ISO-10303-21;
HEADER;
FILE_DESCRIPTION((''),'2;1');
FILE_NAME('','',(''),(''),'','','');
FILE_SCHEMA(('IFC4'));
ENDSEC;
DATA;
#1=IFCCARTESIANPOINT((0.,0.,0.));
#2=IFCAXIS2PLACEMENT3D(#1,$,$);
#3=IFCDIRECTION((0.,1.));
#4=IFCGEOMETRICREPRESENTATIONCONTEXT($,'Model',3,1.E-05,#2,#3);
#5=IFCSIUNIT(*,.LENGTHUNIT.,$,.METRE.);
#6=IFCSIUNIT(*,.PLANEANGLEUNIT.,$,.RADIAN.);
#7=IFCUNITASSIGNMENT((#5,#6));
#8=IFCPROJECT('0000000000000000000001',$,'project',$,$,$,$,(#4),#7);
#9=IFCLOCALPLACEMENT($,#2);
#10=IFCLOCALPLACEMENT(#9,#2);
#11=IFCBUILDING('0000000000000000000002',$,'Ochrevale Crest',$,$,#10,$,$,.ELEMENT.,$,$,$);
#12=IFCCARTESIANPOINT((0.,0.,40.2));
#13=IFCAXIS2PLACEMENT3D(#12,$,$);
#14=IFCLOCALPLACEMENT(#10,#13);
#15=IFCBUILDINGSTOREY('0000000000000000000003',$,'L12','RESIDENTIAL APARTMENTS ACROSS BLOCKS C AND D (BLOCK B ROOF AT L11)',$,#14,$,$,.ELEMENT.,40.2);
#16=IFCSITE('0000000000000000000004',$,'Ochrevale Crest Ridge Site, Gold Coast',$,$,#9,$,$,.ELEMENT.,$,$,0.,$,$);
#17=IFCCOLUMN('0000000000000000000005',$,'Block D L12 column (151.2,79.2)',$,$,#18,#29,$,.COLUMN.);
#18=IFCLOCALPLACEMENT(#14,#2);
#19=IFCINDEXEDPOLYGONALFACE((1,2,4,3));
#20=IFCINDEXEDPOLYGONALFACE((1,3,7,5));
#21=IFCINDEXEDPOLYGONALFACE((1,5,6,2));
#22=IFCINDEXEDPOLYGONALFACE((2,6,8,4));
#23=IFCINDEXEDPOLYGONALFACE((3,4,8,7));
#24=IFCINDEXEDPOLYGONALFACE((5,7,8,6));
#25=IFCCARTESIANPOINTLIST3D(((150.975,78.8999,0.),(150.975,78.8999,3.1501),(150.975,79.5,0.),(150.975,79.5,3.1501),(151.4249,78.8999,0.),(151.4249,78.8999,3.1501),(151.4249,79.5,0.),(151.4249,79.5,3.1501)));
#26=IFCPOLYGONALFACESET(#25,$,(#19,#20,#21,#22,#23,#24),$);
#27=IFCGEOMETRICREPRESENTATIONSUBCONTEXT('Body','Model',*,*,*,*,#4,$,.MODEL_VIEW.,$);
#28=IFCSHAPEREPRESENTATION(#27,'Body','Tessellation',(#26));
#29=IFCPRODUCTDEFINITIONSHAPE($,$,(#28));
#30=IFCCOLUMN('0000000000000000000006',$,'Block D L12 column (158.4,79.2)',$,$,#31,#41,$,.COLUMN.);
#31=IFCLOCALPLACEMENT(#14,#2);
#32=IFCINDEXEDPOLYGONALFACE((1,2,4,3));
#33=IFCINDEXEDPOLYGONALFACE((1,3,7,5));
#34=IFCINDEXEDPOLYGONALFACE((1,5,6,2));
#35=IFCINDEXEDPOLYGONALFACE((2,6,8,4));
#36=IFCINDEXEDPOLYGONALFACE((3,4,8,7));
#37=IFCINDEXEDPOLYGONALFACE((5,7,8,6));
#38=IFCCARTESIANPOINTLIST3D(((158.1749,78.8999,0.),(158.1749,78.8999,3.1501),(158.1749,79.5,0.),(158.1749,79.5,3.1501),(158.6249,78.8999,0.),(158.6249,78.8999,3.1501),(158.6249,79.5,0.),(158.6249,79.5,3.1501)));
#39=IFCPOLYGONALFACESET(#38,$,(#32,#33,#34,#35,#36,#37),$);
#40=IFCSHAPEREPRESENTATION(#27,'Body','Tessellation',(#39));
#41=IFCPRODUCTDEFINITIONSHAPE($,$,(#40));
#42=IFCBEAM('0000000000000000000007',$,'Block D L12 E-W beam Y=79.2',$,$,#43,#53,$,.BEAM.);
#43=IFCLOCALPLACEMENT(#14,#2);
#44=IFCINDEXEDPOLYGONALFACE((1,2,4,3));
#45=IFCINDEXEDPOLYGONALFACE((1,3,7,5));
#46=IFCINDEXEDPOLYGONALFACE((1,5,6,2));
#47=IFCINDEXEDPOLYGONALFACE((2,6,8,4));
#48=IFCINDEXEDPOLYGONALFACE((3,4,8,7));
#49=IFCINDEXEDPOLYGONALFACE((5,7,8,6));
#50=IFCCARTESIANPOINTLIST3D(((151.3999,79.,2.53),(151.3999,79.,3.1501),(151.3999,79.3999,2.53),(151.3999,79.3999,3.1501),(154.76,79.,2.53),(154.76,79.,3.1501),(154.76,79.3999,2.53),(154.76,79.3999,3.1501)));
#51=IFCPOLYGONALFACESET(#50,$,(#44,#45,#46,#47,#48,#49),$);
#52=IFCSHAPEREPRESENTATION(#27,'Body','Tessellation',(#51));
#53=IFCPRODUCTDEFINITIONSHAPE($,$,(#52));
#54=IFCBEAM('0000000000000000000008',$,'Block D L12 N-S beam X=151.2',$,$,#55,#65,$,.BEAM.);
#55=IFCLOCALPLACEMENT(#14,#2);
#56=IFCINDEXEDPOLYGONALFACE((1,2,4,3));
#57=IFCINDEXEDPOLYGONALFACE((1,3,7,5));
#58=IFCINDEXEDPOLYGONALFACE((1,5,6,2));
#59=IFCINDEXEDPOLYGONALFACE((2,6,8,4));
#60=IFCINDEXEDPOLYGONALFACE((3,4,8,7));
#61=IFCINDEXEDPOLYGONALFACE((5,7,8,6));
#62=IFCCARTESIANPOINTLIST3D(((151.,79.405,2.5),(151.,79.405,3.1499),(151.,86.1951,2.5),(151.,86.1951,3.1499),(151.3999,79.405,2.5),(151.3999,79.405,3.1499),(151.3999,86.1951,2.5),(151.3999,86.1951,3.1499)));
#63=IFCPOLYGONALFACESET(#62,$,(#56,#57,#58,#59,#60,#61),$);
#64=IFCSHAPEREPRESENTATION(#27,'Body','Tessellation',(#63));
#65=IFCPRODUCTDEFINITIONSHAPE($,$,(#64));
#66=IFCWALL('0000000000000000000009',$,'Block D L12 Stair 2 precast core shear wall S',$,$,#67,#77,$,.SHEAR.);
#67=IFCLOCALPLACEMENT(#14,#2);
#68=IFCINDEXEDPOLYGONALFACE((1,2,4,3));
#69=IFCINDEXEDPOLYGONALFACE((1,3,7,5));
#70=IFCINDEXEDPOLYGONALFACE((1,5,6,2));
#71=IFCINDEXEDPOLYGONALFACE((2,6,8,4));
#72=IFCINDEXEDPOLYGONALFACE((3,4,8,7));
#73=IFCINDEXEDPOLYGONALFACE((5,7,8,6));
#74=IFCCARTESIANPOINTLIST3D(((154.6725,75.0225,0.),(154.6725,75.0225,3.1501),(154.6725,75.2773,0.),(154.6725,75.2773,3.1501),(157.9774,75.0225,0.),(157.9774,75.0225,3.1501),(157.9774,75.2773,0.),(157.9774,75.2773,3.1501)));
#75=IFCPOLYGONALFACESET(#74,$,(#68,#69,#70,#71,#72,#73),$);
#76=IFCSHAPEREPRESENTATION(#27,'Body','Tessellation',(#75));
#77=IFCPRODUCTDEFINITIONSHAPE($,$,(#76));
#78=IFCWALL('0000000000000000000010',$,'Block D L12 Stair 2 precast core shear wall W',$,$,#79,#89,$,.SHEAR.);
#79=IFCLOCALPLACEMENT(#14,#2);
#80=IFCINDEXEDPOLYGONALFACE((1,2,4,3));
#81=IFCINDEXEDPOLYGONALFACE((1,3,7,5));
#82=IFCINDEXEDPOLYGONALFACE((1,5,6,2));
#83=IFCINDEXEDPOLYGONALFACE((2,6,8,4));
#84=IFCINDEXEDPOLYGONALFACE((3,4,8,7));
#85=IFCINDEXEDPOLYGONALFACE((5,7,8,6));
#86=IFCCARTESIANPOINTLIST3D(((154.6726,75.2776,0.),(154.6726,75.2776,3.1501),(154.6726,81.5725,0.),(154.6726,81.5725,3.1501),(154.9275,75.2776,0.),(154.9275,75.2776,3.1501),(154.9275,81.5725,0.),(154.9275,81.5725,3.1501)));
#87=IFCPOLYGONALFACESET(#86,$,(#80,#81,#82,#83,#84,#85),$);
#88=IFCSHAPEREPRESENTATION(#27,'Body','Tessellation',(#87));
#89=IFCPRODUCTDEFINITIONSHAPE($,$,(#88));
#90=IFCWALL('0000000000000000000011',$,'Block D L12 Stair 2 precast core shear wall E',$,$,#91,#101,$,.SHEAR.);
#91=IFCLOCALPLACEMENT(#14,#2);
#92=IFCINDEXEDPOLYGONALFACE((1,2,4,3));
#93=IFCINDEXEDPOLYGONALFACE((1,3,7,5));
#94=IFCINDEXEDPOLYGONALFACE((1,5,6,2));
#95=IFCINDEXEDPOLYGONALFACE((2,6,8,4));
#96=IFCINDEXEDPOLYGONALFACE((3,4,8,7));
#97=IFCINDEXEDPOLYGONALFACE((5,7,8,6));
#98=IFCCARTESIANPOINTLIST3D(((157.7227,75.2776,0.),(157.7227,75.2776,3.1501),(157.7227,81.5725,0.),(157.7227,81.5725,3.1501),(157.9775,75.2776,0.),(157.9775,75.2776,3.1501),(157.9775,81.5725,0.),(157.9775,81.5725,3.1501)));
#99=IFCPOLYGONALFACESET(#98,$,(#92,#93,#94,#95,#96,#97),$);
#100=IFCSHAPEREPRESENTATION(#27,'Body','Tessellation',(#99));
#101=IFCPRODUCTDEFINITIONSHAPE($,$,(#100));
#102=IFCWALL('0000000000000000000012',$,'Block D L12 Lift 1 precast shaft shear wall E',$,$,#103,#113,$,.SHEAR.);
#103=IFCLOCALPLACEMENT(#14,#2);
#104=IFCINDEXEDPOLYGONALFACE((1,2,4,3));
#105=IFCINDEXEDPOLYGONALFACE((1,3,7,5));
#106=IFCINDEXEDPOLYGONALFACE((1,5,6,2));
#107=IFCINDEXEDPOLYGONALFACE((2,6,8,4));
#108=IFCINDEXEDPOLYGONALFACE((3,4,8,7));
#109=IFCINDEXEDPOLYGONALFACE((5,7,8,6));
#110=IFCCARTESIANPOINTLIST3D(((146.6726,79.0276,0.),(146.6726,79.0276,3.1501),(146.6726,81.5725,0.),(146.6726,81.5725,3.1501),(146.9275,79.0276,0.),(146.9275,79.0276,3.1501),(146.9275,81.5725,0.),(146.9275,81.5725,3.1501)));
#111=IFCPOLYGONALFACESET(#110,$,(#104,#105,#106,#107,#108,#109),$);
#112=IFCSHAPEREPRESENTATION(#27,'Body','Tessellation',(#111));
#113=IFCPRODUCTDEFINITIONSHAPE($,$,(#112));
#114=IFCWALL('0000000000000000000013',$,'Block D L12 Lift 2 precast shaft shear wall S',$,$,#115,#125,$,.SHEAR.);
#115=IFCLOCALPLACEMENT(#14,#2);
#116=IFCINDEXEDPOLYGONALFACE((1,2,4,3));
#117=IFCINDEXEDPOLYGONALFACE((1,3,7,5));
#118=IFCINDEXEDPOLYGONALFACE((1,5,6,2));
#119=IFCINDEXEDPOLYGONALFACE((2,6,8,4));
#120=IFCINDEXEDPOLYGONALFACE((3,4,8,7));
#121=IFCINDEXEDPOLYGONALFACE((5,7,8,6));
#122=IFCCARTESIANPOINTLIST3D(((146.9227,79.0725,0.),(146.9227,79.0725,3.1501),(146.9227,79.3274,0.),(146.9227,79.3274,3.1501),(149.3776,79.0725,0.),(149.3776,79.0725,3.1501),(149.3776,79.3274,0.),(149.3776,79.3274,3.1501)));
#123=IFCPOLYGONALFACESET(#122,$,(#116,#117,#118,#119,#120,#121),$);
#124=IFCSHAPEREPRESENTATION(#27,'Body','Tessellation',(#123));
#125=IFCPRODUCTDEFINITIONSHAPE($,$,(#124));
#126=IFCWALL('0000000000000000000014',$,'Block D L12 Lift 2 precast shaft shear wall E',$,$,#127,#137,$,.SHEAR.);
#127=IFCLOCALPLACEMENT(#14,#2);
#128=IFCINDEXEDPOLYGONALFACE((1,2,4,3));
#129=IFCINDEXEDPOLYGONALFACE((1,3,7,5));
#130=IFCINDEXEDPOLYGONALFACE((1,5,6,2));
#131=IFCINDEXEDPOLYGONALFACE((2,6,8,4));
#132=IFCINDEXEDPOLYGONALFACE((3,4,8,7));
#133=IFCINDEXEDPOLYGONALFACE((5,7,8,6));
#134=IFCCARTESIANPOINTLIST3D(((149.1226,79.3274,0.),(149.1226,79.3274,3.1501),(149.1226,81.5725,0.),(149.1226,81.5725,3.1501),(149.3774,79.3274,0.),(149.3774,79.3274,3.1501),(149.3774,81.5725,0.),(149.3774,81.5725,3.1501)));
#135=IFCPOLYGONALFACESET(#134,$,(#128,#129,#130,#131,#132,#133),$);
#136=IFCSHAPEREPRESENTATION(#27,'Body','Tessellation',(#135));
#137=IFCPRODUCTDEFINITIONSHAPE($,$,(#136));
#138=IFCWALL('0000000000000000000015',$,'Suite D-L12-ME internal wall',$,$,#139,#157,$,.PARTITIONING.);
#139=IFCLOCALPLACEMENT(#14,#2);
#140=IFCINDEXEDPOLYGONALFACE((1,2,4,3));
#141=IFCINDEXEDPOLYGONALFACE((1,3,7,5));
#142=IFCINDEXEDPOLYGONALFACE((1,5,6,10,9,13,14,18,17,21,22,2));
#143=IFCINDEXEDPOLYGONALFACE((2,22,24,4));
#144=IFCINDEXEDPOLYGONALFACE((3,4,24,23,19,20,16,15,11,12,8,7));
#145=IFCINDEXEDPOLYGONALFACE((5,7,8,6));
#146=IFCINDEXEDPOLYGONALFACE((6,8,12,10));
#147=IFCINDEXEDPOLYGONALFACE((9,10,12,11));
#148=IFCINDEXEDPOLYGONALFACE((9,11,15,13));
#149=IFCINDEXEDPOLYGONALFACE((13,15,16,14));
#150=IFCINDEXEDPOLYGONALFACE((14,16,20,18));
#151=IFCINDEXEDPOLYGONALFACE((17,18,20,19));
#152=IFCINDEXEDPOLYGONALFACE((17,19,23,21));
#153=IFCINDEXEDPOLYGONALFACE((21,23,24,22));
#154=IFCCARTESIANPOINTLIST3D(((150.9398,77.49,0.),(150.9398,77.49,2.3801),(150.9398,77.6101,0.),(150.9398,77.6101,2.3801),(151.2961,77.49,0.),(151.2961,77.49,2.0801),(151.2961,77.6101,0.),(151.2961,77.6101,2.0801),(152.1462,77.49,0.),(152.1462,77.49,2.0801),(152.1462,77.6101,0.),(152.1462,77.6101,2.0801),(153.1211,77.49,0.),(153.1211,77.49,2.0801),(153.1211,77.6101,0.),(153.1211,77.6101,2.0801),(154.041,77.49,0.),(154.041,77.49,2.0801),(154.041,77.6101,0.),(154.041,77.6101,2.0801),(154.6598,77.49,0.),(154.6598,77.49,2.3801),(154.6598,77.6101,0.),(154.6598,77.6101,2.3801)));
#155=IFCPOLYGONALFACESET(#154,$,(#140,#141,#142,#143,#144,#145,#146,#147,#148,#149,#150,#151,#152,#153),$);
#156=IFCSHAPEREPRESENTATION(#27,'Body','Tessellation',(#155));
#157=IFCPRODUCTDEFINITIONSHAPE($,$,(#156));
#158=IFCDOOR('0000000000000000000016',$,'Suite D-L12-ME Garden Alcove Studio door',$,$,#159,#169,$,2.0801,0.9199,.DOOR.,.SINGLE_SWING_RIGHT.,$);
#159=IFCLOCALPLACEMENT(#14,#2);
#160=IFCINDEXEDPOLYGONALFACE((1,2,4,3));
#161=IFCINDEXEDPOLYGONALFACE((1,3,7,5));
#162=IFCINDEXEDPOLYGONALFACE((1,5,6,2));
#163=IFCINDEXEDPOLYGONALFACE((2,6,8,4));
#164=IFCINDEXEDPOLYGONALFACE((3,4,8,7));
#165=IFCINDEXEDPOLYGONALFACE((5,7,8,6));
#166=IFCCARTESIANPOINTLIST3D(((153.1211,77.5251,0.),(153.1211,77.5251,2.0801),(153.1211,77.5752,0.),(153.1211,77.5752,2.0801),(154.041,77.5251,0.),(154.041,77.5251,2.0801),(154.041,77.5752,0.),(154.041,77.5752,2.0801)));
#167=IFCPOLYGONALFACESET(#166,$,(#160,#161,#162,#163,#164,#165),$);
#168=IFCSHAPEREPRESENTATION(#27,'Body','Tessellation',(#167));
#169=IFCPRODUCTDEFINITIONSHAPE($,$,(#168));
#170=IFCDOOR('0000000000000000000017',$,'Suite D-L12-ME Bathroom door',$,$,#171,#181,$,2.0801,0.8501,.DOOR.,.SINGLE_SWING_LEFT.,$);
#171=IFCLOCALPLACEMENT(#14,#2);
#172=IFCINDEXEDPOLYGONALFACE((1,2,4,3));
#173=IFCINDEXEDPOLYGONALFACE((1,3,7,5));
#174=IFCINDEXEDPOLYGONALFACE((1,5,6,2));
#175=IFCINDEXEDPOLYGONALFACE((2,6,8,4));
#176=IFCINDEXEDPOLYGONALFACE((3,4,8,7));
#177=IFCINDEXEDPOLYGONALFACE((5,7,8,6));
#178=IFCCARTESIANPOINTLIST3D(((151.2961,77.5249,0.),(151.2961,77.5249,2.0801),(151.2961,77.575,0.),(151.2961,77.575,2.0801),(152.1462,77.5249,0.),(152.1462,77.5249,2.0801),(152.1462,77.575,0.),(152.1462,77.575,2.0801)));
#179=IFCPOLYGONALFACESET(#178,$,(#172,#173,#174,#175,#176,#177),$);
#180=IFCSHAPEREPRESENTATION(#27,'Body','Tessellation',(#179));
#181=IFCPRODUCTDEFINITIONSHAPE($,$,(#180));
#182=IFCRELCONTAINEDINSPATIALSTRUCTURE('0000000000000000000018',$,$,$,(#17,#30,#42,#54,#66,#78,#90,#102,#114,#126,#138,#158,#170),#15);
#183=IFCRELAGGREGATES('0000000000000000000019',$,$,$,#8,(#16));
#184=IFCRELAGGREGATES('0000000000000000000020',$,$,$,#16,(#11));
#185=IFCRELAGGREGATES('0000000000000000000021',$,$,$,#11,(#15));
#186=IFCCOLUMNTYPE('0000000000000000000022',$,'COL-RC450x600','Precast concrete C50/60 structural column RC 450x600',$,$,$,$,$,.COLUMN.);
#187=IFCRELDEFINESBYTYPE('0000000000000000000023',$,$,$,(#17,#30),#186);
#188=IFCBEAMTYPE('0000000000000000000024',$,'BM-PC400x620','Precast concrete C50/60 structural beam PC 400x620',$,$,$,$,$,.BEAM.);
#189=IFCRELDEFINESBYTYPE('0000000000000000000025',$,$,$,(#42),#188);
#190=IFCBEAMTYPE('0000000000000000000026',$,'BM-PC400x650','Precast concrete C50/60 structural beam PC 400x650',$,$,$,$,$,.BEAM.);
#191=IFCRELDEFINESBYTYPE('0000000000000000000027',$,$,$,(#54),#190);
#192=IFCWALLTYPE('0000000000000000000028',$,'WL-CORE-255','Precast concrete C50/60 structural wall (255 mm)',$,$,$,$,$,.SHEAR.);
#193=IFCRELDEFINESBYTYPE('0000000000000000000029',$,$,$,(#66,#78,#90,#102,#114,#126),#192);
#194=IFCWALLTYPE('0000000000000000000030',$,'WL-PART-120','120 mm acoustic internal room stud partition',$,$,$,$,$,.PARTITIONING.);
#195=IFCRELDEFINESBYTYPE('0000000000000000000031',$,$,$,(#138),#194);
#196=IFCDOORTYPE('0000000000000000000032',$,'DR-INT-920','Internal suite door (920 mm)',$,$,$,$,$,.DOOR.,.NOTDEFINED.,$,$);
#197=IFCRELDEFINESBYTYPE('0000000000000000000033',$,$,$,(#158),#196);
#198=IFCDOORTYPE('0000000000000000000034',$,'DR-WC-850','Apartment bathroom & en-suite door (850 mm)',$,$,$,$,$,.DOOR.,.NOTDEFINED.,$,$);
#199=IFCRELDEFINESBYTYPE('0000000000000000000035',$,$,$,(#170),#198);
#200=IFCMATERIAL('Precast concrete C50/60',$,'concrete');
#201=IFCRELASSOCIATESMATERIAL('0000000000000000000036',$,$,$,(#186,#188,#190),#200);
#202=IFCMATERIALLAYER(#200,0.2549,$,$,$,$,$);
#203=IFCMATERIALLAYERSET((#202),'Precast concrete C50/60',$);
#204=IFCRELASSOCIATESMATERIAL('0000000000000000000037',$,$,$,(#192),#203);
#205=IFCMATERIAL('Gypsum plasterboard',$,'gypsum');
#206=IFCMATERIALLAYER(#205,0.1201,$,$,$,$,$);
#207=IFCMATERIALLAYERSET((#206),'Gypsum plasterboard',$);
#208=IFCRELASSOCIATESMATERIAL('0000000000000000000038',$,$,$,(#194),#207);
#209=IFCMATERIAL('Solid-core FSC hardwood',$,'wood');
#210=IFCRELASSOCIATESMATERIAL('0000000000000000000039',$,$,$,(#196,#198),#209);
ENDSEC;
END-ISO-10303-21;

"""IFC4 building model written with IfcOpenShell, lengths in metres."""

from ifc_helpers import new_model, si_unit, direction, frame, frame_2d, origin, origin_2d, place, context, subcontext, project, spatial, rectangle, extrude, material, layer, layer_set, material_profile, profile_set, type_object, element, fill, save


model = new_model("IFC4")

# Units and contexts
model_context = context("Model", 3, precision=1e-05, world=origin(), true_north=direction((0.0, 1.0)))
body_context = subcontext(model_context, "Body", "Model", "MODEL_VIEW")
ifc_project = project(units=[si_unit("LENGTHUNIT", "METRE"), si_unit("PLANEANGLEUNIT", "RADIAN")], contexts=[model_context])

# Site, building, storey
site_placement = place(None, origin())
site = spatial("IfcSite", under=ifc_project, at=site_placement, Name="Ochrevale Crest Ridge Site, Gold Coast", CompositionType="ELEMENT", RefElevation=0.0)
building_placement = place(site_placement, origin())
building = spatial("IfcBuilding", under=site, at=building_placement, Name="Ochrevale Crest", CompositionType="ELEMENT")
storey_placement = place(building_placement, frame((0.0, 0.0, 40.2)))
storey = spatial("IfcBuildingStorey", under=building, at=storey_placement, Name="L12", Description="RESIDENTIAL APARTMENTS ACROSS BLOCKS C AND D (BLOCK B ROOF AT L11)", CompositionType="ELEMENT", Elevation=40.2)

# Columns
ifc_material_1 = material(Name="Precast concrete C50/60", Category="concrete")
ifc_material_profile_1 = material_profile(ifc_material_1, rectangle(XDim=0.45, YDim=0.6001, at=origin_2d()), Name="RC 450x600")
ifc_profile_set_1 = profile_set([ifc_material_profile_1], Name="Precast concrete C50/60")
column_type = type_object("IfcColumnType", Name="COL-RC450x600", Description="Precast concrete C50/60 structural column RC 450x600", PredefinedType="COLUMN", material=ifc_profile_set_1)
for number, where, z_axis, x_axis, name in (
    (1, (151.2, 79.2, 0.0), (0.0, 0.0, 1.0), (1.0, 0.0, 0.0), "Block D L12 column (151.2,79.2)"),
    (2, (158.3999, 79.2, 0.0), (0.0, 0.0, 1.0), (1.0, 0.0, 0.0), "Block D L12 column (158.4,79.2)"),
):
    element("IfcColumn", number, at=place(storey_placement, frame(where, z_axis=z_axis, x_axis=x_axis)), inside=storey, type_object=column_type, Name=name, PredefinedType="COLUMN", context=body_context, shape_type="SweptSolid", body=[
        extrude(rectangle(XDim=0.45, YDim=0.6001, at=origin_2d()), origin(), (0.0, 0.0, 1.0), 3.1501),
    ])

# Beams
ifc_material_profile_2 = material_profile(ifc_material_1, rectangle(XDim=0.3999, YDim=0.6201, at=origin_2d()), Name="PC 400x620")
ifc_profile_set_2 = profile_set([ifc_material_profile_2], Name="Precast concrete C50/60")
beam_type_1 = type_object("IfcBeamType", Name="BM-PC400x620", Description="Precast concrete C50/60 structural beam PC 400x620", PredefinedType="BEAM", material=ifc_profile_set_2)
beam_1_placement = place(storey_placement, frame((151.3999, 79.2, 2.8401), z_axis=(1.0, 0.0, 0.0), x_axis=(0.0, 1.0, 0.0)))
element("IfcBeam", 3, at=beam_1_placement, inside=storey, type_object=beam_type_1, Name="Block D L12 E-W beam Y=79.2", PredefinedType="BEAM", context=body_context, shape_type="SweptSolid", body=[
    extrude(rectangle(XDim=0.3999, YDim=0.6201, at=origin_2d()), origin(), (0.0, 0.0, 1.0), 3.3601),
])
ifc_material_profile_3 = material_profile(ifc_material_1, rectangle(XDim=0.3999, YDim=0.6499, at=origin_2d()), Name="PC 400x650")
ifc_profile_set_3 = profile_set([ifc_material_profile_3], Name="Precast concrete C50/60")
beam_type_2 = type_object("IfcBeamType", Name="BM-PC400x650", Description="Precast concrete C50/60 structural beam PC 400x650", PredefinedType="BEAM", material=ifc_profile_set_3)
beam_2_placement = place(storey_placement, frame((151.2, 79.405, 2.825), z_axis=(0.0, 1.0, 0.0), x_axis=(-1.0, 0.0, 0.0)))
element("IfcBeam", 4, at=beam_2_placement, inside=storey, type_object=beam_type_2, Name="Block D L12 N-S beam X=151.2", PredefinedType="BEAM", context=body_context, shape_type="SweptSolid", body=[
    extrude(rectangle(XDim=0.3999, YDim=0.6499, at=origin_2d()), origin(), (0.0, 0.0, 1.0), 6.79),
])

# Walls
ifc_layer_1 = layer(ifc_material_1, 0.2549)
ifc_layer_set_1 = layer_set([ifc_layer_1], Name="Precast concrete C50/60")
wall_type_1 = type_object("IfcWallType", Name="WL-CORE-255", Description="Precast concrete C50/60 structural wall (255 mm)", PredefinedType="SHEAR", material=ifc_layer_set_1)
wall_1_placement = place(storey_placement, frame((154.6726, 75.1499, 0.0), z_axis=(0.0, 0.0, 1.0), x_axis=(1.0, 0.0, 0.0)))
element("IfcWall", 5, at=wall_1_placement, inside=storey, type_object=wall_type_1, Name="Block D L12 Stair 2 precast core shear wall S", PredefinedType="SHEAR", context=body_context, shape_type="SweptSolid", body=[
    extrude(rectangle(XDim=3.3049, YDim=0.2549, at=frame_2d((1.6523, 0.0))), origin(), (0.0, 0.0, 1.0), 3.1501),
])
for number, where, z_axis, x_axis, name in (
    (6, (154.8, 75.2776, 0.0), (0.0, 0.0, 1.0), (0.0, 1.0, 0.0), "Block D L12 Stair 2 precast core shear wall W"),
    (7, (157.8501, 75.2776, 0.0), (0.0, 0.0, 1.0), (0.0, 1.0, 0.0), "Block D L12 Stair 2 precast core shear wall E"),
):
    element("IfcWall", number, at=place(storey_placement, frame(where, z_axis=z_axis, x_axis=x_axis)), inside=storey, type_object=wall_type_1, Name=name, PredefinedType="SHEAR", context=body_context, shape_type="SweptSolid", body=[
        extrude(rectangle(XDim=6.2949, YDim=0.2549, at=frame_2d((3.1475, 0.0))), origin(), (0.0, 0.0, 1.0), 3.1501),
    ])
wall_2_placement = place(storey_placement, frame((146.8, 79.0276, 0.0), z_axis=(0.0, 0.0, 1.0), x_axis=(0.0, 1.0, 0.0)))
element("IfcWall", 8, at=wall_2_placement, inside=storey, type_object=wall_type_1, Name="Block D L12 Lift 1 precast shaft shear wall E", PredefinedType="SHEAR", context=body_context, shape_type="SweptSolid", body=[
    extrude(rectangle(XDim=2.5449, YDim=0.2549, at=frame_2d((1.2725, 0.0))), origin(), (0.0, 0.0, 1.0), 3.1501),
])
wall_3_placement = place(storey_placement, frame((146.9226, 79.2, 0.0), z_axis=(0.0, 0.0, 1.0), x_axis=(1.0, 0.0, 0.0)))
element("IfcWall", 9, at=wall_3_placement, inside=storey, type_object=wall_type_1, Name="Block D L12 Lift 2 precast shaft shear wall S", PredefinedType="SHEAR", context=body_context, shape_type="SweptSolid", body=[
    extrude(rectangle(XDim=2.4548, YDim=0.2549, at=frame_2d((1.2275, 0.0))), origin(), (0.0, 0.0, 1.0), 3.1501),
])
wall_4_placement = place(storey_placement, frame((149.25, 79.3274, 0.0), z_axis=(0.0, 0.0, 1.0), x_axis=(0.0, 1.0, 0.0)))
element("IfcWall", 10, at=wall_4_placement, inside=storey, type_object=wall_type_1, Name="Block D L12 Lift 2 precast shaft shear wall E", PredefinedType="SHEAR", context=body_context, shape_type="SweptSolid", body=[
    extrude(rectangle(XDim=2.2451, YDim=0.2549, at=frame_2d((1.1226, 0.0))), origin(), (0.0, 0.0, 1.0), 3.1501),
])

# Wall, openings, doors
ifc_material_2 = material(Name="Gypsum plasterboard", Category="gypsum")
ifc_layer_2 = layer(ifc_material_2, 0.1201)
ifc_layer_set_2 = layer_set([ifc_layer_2], Name="Gypsum plasterboard")
wall_type_2 = type_object("IfcWallType", Name="WL-PART-120", Description="120 mm acoustic internal room stud partition", PredefinedType="PARTITIONING", material=ifc_layer_set_2)
wall_5_placement = place(storey_placement, frame((150.9399, 77.55, 0.0), z_axis=(0.0, 0.0, 1.0), x_axis=(1.0, 0.0, 0.0)))
wall_5 = element("IfcWall", 11, at=wall_5_placement, inside=storey, type_object=wall_type_2, Name="Suite D-L12-ME internal wall", PredefinedType="PARTITIONING", context=body_context, shape_type="SweptSolid", body=[
    extrude(rectangle(XDim=3.72, YDim=0.1201, at=frame_2d((1.8599, 0.0))), origin(), (0.0, 0.0, 1.0), 2.3801),
])
opening_1_placement = place(wall_5_placement, frame((0.3562, 0.0, 0.0)))
opening_1 = element("IfcOpeningElement", 12, at=opening_1_placement, cuts=wall_5, PredefinedType="OPENING", context=body_context, shape_type="SweptSolid", body=[
    extrude(rectangle(XDim=0.8501, YDim=2.0801, at=frame_2d((0.425, 1.04))), frame((0.0, 0.0701, 0.0), z_axis=(0.0, -1.0, 0.0), x_axis=(1.0, 0.0, 0.0)), (0.0, 0.0, 1.0), 0.1401),
])
opening_2_placement = place(wall_5_placement, frame((3.1011, 0.0, 0.0), z_axis=(0.0, 0.0, 1.0), x_axis=(-1.0, 0.0, 0.0)))
opening_2 = element("IfcOpeningElement", 13, at=opening_2_placement, cuts=wall_5, PredefinedType="OPENING", context=body_context, shape_type="SweptSolid", body=[
    extrude(rectangle(XDim=0.9199, YDim=2.0801, at=frame_2d((0.46, 1.04))), frame((0.0, 0.0701, 0.0), z_axis=(0.0, -1.0, 0.0), x_axis=(1.0, 0.0, 0.0)), (0.0, 0.0, 1.0), 0.1401),
])
ifc_material_3 = material(Name="Solid-core FSC hardwood", Category="wood")
door_type_1 = type_object("IfcDoorType", Name="DR-INT-920", Description="Internal suite door (920 mm)", OperationType="NOTDEFINED", PredefinedType="DOOR", material=ifc_material_3)
door_1_placement = place(opening_2_placement, origin())
door_1 = element("IfcDoor", 14, at=door_1_placement, inside=storey, type_object=door_type_1, Name="Suite D-L12-ME Garden Alcove Studio door", OperationType="SINGLE_SWING_RIGHT", OverallHeight=2.0801, OverallWidth=0.9199, PredefinedType="DOOR", context=body_context, shape_type="SweptSolid", body=[
    extrude(rectangle(XDim=0.9199, YDim=2.0801, at=frame_2d((0.46, 1.04))), frame((0.0, 0.0249, 0.0), z_axis=(0.0, -1.0, 0.0), x_axis=(1.0, 0.0, 0.0)), (0.0, 0.0, 1.0), 0.05),
])
fill(opening_2, door_1)
door_type_2 = type_object("IfcDoorType", Name="DR-WC-850", Description="Apartment bathroom & en-suite door (850 mm)", OperationType="NOTDEFINED", PredefinedType="DOOR", material=ifc_material_3)
door_2_placement = place(opening_1_placement, origin())
door_2 = element("IfcDoor", 15, at=door_2_placement, inside=storey, type_object=door_type_2, Name="Suite D-L12-ME Bathroom door", OperationType="SINGLE_SWING_LEFT", OverallHeight=2.0801, OverallWidth=0.8501, PredefinedType="DOOR", context=body_context, shape_type="SweptSolid", body=[
    extrude(rectangle(XDim=0.8501, YDim=2.0801, at=frame_2d((0.425, 1.04))), frame((0.0, 0.0249, 0.0), z_axis=(0.0, -1.0, 0.0), x_axis=(1.0, 0.0, 0.0)), (0.0, 0.0, 1.0), 0.05),
])
fill(opening_1, door_2)

save(model, "model.ifc")
